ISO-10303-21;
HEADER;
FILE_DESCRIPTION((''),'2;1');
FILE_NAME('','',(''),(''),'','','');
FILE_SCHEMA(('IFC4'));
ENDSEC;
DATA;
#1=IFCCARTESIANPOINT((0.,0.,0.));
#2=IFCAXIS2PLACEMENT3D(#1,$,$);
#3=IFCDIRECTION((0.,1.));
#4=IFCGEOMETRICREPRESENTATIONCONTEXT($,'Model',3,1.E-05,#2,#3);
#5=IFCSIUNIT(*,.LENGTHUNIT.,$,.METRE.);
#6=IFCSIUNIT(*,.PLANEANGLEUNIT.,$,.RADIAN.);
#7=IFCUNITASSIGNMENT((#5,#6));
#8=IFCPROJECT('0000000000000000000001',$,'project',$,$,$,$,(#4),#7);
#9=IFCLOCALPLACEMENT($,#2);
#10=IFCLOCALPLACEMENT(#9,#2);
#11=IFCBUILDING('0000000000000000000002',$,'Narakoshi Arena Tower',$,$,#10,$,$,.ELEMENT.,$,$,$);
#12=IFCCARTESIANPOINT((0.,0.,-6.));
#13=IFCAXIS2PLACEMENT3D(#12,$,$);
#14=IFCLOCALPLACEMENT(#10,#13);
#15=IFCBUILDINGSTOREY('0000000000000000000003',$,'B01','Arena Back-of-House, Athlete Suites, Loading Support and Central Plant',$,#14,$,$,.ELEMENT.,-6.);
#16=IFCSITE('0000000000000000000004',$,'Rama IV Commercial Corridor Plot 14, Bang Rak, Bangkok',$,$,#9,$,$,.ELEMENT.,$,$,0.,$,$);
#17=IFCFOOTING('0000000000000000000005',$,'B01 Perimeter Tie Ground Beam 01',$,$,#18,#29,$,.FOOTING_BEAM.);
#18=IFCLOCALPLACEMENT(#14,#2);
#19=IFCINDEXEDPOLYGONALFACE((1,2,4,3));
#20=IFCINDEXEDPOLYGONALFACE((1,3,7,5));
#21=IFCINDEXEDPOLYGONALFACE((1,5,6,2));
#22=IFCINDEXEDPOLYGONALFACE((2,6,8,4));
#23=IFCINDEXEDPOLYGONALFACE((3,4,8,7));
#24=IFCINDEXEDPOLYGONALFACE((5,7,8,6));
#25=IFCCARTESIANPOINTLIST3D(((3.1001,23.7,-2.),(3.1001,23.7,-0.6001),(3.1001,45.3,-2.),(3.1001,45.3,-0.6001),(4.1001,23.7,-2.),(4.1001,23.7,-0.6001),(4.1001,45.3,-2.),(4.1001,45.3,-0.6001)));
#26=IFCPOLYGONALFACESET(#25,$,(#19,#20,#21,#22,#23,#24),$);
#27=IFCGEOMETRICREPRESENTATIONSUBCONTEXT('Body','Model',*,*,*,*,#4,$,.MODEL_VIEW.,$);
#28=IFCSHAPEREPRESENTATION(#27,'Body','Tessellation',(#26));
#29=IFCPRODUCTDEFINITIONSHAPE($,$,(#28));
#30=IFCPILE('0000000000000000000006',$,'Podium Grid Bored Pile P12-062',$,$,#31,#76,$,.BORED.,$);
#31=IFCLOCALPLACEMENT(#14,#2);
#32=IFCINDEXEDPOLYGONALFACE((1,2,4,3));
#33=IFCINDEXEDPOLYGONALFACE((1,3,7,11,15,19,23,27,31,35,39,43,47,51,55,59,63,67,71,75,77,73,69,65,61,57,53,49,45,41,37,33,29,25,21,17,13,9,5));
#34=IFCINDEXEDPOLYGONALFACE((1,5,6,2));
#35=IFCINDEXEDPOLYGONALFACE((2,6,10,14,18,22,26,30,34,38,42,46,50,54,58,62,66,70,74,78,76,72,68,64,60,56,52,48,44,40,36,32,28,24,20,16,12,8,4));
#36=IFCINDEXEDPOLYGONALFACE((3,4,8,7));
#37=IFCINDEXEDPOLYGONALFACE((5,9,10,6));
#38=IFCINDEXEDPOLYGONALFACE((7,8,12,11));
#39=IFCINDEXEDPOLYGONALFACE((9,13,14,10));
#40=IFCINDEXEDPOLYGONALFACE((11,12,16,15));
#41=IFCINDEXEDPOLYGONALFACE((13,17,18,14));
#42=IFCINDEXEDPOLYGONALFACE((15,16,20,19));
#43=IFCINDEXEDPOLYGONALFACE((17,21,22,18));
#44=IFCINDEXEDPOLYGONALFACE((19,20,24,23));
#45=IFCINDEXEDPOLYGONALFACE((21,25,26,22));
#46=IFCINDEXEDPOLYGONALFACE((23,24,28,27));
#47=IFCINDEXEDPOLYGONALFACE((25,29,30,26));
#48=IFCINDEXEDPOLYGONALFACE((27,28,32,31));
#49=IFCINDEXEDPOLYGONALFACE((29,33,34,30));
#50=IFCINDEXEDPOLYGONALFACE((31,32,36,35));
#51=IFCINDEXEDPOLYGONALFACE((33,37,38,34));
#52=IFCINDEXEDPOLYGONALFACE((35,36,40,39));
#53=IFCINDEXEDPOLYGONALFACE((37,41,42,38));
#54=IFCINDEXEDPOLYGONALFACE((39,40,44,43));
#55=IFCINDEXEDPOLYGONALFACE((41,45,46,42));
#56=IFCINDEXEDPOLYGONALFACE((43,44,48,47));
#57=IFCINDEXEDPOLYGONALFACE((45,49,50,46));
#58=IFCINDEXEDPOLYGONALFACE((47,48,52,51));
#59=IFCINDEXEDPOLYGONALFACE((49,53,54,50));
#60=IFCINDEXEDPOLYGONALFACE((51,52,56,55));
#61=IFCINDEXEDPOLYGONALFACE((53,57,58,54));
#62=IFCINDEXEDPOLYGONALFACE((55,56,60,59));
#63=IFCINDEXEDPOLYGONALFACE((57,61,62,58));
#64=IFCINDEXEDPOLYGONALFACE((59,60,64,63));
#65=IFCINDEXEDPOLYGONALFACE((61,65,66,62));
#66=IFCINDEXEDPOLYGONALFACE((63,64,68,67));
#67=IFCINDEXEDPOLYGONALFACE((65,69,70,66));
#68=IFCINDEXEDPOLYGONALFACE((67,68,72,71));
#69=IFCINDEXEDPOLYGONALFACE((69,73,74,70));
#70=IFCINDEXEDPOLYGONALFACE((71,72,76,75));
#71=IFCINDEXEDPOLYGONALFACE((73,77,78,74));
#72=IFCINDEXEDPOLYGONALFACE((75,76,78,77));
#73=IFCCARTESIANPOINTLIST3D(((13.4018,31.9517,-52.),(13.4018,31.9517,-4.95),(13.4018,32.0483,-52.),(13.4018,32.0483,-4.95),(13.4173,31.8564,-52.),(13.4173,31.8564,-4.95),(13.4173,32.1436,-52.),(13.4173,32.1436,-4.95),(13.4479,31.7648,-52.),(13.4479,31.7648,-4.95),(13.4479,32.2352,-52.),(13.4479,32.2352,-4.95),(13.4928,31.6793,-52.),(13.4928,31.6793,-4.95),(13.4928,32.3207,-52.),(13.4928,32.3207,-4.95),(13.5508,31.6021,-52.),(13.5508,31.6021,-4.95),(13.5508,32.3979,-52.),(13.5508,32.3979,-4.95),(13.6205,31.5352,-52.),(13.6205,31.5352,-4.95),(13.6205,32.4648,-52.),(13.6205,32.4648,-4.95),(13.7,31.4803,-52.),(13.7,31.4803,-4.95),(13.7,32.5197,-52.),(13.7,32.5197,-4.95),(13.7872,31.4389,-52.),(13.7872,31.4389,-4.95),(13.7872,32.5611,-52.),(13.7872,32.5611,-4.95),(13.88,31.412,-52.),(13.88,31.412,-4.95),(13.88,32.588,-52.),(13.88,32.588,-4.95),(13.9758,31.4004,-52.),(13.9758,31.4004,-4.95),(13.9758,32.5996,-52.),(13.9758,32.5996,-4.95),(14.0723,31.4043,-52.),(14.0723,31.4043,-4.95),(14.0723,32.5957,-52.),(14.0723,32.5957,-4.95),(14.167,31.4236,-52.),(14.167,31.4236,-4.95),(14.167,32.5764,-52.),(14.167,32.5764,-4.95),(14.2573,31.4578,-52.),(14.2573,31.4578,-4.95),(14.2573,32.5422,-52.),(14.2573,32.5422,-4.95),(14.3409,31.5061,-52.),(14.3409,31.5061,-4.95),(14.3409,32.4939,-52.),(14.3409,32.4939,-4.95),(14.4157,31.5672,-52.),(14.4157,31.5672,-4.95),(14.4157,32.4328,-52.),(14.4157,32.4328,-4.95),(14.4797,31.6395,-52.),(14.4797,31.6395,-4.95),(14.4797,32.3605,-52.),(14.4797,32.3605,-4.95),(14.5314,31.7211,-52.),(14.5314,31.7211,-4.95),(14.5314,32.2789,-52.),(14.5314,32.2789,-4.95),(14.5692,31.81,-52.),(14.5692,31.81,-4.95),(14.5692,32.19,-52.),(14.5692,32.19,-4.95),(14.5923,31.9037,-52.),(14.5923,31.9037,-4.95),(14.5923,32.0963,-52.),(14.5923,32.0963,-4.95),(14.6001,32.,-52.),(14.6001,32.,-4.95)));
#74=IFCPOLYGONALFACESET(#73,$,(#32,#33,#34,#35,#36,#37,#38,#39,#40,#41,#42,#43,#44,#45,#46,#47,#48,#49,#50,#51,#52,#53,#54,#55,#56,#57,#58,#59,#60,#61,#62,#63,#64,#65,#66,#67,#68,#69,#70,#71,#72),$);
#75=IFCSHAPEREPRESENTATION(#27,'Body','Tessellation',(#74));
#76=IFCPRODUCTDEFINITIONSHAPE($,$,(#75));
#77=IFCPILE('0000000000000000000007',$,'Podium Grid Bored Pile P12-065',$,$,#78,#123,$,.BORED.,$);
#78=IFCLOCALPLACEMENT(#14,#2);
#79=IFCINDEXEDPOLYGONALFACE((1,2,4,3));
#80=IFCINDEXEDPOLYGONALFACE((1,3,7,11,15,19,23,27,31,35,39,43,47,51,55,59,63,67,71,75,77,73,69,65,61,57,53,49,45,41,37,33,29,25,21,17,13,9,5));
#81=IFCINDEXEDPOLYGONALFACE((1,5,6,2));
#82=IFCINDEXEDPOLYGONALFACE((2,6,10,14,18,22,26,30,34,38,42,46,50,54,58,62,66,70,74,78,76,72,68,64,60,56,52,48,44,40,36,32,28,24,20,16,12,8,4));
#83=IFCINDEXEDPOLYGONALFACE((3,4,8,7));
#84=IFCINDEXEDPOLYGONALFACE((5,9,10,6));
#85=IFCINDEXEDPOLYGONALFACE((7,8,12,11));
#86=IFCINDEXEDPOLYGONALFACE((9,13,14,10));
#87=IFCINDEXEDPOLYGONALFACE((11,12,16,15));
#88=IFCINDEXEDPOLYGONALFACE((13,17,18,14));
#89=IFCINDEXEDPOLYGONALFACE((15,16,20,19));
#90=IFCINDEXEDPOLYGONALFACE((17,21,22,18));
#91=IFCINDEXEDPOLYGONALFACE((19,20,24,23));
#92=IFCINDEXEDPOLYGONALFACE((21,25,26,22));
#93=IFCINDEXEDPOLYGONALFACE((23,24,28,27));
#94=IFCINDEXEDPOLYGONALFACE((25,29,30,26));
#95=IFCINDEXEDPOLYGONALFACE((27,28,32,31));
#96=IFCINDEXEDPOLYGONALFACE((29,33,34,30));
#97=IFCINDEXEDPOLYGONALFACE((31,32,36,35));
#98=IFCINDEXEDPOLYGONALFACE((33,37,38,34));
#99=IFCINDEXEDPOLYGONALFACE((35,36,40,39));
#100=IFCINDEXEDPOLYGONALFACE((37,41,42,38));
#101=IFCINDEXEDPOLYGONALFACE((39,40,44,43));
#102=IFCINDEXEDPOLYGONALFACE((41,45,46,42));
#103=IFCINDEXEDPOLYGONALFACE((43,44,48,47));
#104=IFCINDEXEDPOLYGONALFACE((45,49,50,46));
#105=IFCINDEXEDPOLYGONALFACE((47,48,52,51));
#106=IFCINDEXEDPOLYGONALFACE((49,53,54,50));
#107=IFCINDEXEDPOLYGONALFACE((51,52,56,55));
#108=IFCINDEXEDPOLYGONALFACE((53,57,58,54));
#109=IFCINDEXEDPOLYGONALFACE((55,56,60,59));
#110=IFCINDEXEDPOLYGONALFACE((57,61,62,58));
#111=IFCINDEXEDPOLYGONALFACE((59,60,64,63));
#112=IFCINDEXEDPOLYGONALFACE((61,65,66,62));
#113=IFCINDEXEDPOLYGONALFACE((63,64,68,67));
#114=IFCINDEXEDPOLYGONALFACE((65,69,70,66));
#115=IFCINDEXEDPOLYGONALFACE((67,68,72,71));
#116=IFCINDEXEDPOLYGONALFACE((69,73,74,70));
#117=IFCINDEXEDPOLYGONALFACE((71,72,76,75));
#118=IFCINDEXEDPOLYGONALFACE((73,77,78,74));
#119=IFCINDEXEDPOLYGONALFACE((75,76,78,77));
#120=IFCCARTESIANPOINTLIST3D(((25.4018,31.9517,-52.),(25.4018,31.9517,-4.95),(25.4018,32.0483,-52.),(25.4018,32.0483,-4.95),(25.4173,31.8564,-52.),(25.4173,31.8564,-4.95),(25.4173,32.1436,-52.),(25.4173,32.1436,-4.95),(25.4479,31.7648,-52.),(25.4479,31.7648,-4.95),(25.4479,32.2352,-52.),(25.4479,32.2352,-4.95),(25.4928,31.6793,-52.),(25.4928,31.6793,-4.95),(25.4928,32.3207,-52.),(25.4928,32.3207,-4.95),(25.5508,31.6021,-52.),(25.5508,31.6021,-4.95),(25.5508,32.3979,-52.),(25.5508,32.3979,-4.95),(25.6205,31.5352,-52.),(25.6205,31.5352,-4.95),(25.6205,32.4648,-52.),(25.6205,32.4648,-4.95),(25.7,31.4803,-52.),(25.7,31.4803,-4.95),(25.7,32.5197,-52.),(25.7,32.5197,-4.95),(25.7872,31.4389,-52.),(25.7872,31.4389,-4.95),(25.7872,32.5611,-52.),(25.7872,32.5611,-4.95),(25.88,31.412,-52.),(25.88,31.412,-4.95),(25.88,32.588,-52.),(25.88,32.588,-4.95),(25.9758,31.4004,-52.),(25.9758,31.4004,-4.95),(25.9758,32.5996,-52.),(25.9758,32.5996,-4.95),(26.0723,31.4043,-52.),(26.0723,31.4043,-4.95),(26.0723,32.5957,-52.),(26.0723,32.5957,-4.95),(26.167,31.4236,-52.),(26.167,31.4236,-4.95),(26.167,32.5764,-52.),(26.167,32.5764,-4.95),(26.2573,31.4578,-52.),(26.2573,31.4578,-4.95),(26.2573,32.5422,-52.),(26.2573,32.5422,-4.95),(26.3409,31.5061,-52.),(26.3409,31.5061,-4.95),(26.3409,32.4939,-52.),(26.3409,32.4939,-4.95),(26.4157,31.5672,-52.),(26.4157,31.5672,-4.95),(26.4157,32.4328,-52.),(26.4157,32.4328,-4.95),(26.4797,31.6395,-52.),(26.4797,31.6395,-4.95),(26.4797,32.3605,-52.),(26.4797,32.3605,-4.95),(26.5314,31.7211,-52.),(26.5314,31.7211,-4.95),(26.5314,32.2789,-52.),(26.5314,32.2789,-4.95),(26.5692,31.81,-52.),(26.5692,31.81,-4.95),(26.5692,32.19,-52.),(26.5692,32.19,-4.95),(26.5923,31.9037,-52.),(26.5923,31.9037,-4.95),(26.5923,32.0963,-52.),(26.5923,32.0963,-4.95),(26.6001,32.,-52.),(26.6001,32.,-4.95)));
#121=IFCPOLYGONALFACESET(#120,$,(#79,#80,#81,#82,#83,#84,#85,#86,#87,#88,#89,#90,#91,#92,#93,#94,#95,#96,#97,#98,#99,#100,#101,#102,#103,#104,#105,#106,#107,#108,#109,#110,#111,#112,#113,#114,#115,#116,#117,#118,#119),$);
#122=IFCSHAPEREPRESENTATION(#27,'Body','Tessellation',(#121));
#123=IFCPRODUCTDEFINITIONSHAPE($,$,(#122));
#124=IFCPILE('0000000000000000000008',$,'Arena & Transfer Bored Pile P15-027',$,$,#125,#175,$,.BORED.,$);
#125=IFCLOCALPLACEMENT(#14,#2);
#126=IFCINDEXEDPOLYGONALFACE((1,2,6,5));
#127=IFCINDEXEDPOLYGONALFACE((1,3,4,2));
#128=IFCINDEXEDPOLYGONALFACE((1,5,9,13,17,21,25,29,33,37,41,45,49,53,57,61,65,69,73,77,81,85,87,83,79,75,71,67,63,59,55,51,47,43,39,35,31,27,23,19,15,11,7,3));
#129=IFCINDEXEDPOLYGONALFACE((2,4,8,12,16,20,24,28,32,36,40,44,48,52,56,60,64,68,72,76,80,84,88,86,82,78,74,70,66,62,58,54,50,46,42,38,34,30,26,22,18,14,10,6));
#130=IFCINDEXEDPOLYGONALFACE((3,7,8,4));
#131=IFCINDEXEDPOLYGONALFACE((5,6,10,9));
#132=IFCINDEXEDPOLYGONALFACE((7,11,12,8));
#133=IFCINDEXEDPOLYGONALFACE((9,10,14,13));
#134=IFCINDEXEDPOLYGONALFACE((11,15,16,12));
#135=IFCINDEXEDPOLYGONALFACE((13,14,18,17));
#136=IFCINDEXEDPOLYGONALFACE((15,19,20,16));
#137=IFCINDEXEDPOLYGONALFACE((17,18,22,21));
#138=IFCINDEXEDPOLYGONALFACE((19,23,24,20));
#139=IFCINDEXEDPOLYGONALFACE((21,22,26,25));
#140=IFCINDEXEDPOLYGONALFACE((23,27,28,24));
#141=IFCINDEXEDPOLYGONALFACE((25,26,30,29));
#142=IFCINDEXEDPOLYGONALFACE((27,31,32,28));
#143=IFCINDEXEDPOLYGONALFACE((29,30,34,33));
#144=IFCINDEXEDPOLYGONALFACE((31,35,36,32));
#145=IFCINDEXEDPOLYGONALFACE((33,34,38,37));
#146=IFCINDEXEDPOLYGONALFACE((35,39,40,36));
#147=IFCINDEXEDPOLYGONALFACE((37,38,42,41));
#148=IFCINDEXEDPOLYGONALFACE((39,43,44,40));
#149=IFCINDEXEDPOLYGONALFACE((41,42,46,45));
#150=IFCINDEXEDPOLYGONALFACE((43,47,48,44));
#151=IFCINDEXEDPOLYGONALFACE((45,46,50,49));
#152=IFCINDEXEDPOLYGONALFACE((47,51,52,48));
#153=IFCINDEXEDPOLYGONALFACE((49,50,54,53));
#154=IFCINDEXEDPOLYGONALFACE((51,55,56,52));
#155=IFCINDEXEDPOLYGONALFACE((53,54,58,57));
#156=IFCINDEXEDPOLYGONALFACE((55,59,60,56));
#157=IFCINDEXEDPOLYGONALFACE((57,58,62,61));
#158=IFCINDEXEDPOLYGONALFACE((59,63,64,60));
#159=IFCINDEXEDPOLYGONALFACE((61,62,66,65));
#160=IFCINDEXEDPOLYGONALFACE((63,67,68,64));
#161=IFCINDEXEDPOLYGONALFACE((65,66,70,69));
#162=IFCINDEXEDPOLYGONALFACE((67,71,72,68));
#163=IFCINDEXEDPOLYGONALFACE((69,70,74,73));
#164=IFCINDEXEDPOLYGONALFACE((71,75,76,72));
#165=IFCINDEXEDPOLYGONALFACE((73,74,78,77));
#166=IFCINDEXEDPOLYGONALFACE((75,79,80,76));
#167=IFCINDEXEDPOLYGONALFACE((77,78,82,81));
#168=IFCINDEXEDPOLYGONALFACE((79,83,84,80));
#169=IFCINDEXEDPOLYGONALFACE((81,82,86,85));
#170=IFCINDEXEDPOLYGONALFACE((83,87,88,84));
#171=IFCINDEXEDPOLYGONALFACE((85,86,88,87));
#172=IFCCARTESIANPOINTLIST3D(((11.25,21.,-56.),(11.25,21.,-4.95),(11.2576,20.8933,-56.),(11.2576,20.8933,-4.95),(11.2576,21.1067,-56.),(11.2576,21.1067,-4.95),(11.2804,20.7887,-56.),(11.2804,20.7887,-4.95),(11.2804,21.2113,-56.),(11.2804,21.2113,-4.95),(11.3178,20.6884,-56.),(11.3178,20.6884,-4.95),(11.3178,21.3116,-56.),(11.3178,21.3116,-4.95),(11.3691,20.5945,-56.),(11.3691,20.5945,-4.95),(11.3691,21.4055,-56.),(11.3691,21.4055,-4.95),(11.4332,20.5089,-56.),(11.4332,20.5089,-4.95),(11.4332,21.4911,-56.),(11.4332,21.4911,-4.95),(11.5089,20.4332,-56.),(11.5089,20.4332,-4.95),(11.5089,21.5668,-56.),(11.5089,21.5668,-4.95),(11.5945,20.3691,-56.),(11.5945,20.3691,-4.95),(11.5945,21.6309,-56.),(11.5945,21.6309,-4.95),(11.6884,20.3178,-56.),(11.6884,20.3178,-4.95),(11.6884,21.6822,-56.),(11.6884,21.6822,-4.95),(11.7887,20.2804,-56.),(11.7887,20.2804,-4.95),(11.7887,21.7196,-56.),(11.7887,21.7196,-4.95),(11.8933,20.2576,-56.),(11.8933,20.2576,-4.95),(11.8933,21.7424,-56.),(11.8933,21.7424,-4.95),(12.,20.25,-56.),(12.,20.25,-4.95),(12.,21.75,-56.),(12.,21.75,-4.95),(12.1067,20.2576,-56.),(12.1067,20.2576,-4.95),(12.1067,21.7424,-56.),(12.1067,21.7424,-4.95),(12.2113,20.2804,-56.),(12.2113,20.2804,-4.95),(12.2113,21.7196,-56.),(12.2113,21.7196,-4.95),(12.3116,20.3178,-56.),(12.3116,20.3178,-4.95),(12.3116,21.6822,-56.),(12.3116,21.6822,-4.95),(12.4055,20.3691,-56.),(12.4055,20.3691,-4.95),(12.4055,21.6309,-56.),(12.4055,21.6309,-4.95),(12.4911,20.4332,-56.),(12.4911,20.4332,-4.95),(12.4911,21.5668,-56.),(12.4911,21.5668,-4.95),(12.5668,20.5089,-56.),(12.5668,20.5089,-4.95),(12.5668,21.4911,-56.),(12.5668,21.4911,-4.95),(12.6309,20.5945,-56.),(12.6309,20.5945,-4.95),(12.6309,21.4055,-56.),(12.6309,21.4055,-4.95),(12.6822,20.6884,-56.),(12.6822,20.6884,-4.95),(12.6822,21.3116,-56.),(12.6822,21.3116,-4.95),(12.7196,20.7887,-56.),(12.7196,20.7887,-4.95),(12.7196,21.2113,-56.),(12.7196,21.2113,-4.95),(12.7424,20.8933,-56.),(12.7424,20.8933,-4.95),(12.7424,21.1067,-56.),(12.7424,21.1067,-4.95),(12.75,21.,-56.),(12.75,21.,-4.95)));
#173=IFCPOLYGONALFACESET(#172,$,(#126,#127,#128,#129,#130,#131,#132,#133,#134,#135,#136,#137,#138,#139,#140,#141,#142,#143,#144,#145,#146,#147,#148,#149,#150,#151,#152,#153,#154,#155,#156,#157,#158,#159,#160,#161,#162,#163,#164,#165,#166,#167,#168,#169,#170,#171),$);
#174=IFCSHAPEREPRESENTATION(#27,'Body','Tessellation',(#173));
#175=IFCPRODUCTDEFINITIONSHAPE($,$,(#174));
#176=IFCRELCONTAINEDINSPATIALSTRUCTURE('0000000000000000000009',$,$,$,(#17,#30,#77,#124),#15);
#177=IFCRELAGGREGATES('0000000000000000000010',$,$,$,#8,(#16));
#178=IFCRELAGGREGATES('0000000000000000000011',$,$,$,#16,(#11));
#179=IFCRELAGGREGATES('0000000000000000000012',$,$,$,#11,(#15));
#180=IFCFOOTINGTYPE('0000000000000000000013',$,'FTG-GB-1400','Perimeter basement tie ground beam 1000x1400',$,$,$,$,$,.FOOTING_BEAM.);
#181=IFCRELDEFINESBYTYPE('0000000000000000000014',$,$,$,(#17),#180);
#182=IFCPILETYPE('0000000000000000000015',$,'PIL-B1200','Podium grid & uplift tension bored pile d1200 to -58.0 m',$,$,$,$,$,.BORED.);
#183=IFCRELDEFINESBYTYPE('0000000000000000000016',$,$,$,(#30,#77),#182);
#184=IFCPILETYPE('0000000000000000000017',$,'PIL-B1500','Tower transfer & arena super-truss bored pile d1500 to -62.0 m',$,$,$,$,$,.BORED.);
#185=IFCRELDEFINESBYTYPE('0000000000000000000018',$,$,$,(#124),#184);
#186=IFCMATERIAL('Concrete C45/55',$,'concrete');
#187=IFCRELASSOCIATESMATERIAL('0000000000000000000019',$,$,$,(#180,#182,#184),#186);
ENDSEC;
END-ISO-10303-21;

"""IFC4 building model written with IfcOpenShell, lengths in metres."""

from ifc_helpers import new_model, si_unit, direction, frame, origin, origin_2d, place, context, subcontext, project, spatial, rectangle, circle, extrude, material, material_profile, profile_set, type_object, element, save


model = new_model("IFC4")

# Units and contexts
model_context = context("Model", 3, precision=1e-05, world=origin(), true_north=direction((0.0, 1.0)))
body_context = subcontext(model_context, "Body", "Model", "MODEL_VIEW")
ifc_project = project(units=[si_unit("LENGTHUNIT", "METRE"), si_unit("PLANEANGLEUNIT", "RADIAN")], contexts=[model_context])

# Site, building, storey
site_placement = place(None, origin())
site = spatial("IfcSite", under=ifc_project, at=site_placement, Name="Rama IV Commercial Corridor Plot 14, Bang Rak, Bangkok", CompositionType="ELEMENT", RefElevation=0.0)
building_placement = place(site_placement, origin())
building = spatial("IfcBuilding", under=site, at=building_placement, Name="Narakoshi Arena Tower", CompositionType="ELEMENT")
storey_placement = place(building_placement, frame((0.0, 0.0, -6.0)))
storey = spatial("IfcBuildingStorey", under=building, at=storey_placement, Name="B01", Description="Arena Back-of-House, Athlete Suites, Loading Support and Central Plant", CompositionType="ELEMENT", Elevation=-6.0)

# Footing
ifc_material_1 = material(Name="Concrete C45/55", Category="concrete")
ifc_material_profile_1 = material_profile(ifc_material_1, rectangle(XDim=1.0, YDim=1.3999, at=origin_2d()), Name="RGB1000x1400")
ifc_profile_set_1 = profile_set([ifc_material_profile_1], Name="Concrete C45/55")
footing_type = type_object("IfcFootingType", Name="FTG-GB-1400", Description="Perimeter basement tie ground beam 1000x1400", PredefinedType="FOOTING_BEAM", material=ifc_profile_set_1)
footing_placement = place(storey_placement, frame((3.6001, 23.7, -1.3), z_axis=(0.0, 1.0, 0.0), x_axis=(-1.0, 0.0, 0.0)))
element("IfcFooting", 1, at=footing_placement, inside=storey, type_object=footing_type, Name="B01 Perimeter Tie Ground Beam 01", PredefinedType="FOOTING_BEAM", context=body_context, shape_type="SweptSolid", body=[
    extrude(rectangle(XDim=1.0, YDim=1.3999, at=origin_2d()), origin(), (0.0, 0.0, 1.0), 21.6001),
])

# Piles
ifc_material_profile_2 = material_profile(ifc_material_1, circle(Radius=0.6001, at=origin_2d()), Name="PILE-D1200")
ifc_profile_set_2 = profile_set([ifc_material_profile_2], Name="Concrete C45/55")
pile_type_1 = type_object("IfcPileType", Name="PIL-B1200", Description="Podium grid & uplift tension bored pile d1200 to -58.0 m", PredefinedType="BORED", material=ifc_profile_set_2)
for number, where, z_axis, x_axis, name in (
    (2, (14.0, 32.0, -4.95), (0.0, 0.0, -1.0), (1.0, 0.0, 0.0), "Podium Grid Bored Pile P12-062"),
    (3, (26.0, 32.0, -4.95), (0.0, 0.0, -1.0), (1.0, 0.0, 0.0), "Podium Grid Bored Pile P12-065"),
):
    element("IfcPile", number, at=place(storey_placement, frame(where, z_axis=z_axis, x_axis=x_axis)), inside=storey, type_object=pile_type_1, Name=name, PredefinedType="BORED", context=body_context, shape_type="SweptSolid", body=[
        extrude(circle(Radius=0.6001, at=origin_2d()), origin(), (0.0, 0.0, 1.0), 47.05),
    ])
ifc_material_profile_3 = material_profile(ifc_material_1, circle(Radius=0.75, at=origin_2d()), Name="PILE-D1500")
ifc_profile_set_3 = profile_set([ifc_material_profile_3], Name="Concrete C45/55")
pile_type_2 = type_object("IfcPileType", Name="PIL-B1500", Description="Tower transfer & arena super-truss bored pile d1500 to -62.0 m", PredefinedType="BORED", material=ifc_profile_set_3)
for number, where, z_axis, x_axis, name in (
    (4, (12.0, 21.0, -4.95), (0.0, 0.0, -1.0), (1.0, 0.0, 0.0), "Arena & Transfer Bored Pile P15-027"),
):
    element("IfcPile", number, at=place(storey_placement, frame(where, z_axis=z_axis, x_axis=x_axis)), inside=storey, type_object=pile_type_2, Name=name, PredefinedType="BORED", context=body_context, shape_type="SweptSolid", body=[
        extrude(circle(Radius=0.75, at=origin_2d()), origin(), (0.0, 0.0, 1.0), 51.05),
    ])

save(model, "model.ifc")
